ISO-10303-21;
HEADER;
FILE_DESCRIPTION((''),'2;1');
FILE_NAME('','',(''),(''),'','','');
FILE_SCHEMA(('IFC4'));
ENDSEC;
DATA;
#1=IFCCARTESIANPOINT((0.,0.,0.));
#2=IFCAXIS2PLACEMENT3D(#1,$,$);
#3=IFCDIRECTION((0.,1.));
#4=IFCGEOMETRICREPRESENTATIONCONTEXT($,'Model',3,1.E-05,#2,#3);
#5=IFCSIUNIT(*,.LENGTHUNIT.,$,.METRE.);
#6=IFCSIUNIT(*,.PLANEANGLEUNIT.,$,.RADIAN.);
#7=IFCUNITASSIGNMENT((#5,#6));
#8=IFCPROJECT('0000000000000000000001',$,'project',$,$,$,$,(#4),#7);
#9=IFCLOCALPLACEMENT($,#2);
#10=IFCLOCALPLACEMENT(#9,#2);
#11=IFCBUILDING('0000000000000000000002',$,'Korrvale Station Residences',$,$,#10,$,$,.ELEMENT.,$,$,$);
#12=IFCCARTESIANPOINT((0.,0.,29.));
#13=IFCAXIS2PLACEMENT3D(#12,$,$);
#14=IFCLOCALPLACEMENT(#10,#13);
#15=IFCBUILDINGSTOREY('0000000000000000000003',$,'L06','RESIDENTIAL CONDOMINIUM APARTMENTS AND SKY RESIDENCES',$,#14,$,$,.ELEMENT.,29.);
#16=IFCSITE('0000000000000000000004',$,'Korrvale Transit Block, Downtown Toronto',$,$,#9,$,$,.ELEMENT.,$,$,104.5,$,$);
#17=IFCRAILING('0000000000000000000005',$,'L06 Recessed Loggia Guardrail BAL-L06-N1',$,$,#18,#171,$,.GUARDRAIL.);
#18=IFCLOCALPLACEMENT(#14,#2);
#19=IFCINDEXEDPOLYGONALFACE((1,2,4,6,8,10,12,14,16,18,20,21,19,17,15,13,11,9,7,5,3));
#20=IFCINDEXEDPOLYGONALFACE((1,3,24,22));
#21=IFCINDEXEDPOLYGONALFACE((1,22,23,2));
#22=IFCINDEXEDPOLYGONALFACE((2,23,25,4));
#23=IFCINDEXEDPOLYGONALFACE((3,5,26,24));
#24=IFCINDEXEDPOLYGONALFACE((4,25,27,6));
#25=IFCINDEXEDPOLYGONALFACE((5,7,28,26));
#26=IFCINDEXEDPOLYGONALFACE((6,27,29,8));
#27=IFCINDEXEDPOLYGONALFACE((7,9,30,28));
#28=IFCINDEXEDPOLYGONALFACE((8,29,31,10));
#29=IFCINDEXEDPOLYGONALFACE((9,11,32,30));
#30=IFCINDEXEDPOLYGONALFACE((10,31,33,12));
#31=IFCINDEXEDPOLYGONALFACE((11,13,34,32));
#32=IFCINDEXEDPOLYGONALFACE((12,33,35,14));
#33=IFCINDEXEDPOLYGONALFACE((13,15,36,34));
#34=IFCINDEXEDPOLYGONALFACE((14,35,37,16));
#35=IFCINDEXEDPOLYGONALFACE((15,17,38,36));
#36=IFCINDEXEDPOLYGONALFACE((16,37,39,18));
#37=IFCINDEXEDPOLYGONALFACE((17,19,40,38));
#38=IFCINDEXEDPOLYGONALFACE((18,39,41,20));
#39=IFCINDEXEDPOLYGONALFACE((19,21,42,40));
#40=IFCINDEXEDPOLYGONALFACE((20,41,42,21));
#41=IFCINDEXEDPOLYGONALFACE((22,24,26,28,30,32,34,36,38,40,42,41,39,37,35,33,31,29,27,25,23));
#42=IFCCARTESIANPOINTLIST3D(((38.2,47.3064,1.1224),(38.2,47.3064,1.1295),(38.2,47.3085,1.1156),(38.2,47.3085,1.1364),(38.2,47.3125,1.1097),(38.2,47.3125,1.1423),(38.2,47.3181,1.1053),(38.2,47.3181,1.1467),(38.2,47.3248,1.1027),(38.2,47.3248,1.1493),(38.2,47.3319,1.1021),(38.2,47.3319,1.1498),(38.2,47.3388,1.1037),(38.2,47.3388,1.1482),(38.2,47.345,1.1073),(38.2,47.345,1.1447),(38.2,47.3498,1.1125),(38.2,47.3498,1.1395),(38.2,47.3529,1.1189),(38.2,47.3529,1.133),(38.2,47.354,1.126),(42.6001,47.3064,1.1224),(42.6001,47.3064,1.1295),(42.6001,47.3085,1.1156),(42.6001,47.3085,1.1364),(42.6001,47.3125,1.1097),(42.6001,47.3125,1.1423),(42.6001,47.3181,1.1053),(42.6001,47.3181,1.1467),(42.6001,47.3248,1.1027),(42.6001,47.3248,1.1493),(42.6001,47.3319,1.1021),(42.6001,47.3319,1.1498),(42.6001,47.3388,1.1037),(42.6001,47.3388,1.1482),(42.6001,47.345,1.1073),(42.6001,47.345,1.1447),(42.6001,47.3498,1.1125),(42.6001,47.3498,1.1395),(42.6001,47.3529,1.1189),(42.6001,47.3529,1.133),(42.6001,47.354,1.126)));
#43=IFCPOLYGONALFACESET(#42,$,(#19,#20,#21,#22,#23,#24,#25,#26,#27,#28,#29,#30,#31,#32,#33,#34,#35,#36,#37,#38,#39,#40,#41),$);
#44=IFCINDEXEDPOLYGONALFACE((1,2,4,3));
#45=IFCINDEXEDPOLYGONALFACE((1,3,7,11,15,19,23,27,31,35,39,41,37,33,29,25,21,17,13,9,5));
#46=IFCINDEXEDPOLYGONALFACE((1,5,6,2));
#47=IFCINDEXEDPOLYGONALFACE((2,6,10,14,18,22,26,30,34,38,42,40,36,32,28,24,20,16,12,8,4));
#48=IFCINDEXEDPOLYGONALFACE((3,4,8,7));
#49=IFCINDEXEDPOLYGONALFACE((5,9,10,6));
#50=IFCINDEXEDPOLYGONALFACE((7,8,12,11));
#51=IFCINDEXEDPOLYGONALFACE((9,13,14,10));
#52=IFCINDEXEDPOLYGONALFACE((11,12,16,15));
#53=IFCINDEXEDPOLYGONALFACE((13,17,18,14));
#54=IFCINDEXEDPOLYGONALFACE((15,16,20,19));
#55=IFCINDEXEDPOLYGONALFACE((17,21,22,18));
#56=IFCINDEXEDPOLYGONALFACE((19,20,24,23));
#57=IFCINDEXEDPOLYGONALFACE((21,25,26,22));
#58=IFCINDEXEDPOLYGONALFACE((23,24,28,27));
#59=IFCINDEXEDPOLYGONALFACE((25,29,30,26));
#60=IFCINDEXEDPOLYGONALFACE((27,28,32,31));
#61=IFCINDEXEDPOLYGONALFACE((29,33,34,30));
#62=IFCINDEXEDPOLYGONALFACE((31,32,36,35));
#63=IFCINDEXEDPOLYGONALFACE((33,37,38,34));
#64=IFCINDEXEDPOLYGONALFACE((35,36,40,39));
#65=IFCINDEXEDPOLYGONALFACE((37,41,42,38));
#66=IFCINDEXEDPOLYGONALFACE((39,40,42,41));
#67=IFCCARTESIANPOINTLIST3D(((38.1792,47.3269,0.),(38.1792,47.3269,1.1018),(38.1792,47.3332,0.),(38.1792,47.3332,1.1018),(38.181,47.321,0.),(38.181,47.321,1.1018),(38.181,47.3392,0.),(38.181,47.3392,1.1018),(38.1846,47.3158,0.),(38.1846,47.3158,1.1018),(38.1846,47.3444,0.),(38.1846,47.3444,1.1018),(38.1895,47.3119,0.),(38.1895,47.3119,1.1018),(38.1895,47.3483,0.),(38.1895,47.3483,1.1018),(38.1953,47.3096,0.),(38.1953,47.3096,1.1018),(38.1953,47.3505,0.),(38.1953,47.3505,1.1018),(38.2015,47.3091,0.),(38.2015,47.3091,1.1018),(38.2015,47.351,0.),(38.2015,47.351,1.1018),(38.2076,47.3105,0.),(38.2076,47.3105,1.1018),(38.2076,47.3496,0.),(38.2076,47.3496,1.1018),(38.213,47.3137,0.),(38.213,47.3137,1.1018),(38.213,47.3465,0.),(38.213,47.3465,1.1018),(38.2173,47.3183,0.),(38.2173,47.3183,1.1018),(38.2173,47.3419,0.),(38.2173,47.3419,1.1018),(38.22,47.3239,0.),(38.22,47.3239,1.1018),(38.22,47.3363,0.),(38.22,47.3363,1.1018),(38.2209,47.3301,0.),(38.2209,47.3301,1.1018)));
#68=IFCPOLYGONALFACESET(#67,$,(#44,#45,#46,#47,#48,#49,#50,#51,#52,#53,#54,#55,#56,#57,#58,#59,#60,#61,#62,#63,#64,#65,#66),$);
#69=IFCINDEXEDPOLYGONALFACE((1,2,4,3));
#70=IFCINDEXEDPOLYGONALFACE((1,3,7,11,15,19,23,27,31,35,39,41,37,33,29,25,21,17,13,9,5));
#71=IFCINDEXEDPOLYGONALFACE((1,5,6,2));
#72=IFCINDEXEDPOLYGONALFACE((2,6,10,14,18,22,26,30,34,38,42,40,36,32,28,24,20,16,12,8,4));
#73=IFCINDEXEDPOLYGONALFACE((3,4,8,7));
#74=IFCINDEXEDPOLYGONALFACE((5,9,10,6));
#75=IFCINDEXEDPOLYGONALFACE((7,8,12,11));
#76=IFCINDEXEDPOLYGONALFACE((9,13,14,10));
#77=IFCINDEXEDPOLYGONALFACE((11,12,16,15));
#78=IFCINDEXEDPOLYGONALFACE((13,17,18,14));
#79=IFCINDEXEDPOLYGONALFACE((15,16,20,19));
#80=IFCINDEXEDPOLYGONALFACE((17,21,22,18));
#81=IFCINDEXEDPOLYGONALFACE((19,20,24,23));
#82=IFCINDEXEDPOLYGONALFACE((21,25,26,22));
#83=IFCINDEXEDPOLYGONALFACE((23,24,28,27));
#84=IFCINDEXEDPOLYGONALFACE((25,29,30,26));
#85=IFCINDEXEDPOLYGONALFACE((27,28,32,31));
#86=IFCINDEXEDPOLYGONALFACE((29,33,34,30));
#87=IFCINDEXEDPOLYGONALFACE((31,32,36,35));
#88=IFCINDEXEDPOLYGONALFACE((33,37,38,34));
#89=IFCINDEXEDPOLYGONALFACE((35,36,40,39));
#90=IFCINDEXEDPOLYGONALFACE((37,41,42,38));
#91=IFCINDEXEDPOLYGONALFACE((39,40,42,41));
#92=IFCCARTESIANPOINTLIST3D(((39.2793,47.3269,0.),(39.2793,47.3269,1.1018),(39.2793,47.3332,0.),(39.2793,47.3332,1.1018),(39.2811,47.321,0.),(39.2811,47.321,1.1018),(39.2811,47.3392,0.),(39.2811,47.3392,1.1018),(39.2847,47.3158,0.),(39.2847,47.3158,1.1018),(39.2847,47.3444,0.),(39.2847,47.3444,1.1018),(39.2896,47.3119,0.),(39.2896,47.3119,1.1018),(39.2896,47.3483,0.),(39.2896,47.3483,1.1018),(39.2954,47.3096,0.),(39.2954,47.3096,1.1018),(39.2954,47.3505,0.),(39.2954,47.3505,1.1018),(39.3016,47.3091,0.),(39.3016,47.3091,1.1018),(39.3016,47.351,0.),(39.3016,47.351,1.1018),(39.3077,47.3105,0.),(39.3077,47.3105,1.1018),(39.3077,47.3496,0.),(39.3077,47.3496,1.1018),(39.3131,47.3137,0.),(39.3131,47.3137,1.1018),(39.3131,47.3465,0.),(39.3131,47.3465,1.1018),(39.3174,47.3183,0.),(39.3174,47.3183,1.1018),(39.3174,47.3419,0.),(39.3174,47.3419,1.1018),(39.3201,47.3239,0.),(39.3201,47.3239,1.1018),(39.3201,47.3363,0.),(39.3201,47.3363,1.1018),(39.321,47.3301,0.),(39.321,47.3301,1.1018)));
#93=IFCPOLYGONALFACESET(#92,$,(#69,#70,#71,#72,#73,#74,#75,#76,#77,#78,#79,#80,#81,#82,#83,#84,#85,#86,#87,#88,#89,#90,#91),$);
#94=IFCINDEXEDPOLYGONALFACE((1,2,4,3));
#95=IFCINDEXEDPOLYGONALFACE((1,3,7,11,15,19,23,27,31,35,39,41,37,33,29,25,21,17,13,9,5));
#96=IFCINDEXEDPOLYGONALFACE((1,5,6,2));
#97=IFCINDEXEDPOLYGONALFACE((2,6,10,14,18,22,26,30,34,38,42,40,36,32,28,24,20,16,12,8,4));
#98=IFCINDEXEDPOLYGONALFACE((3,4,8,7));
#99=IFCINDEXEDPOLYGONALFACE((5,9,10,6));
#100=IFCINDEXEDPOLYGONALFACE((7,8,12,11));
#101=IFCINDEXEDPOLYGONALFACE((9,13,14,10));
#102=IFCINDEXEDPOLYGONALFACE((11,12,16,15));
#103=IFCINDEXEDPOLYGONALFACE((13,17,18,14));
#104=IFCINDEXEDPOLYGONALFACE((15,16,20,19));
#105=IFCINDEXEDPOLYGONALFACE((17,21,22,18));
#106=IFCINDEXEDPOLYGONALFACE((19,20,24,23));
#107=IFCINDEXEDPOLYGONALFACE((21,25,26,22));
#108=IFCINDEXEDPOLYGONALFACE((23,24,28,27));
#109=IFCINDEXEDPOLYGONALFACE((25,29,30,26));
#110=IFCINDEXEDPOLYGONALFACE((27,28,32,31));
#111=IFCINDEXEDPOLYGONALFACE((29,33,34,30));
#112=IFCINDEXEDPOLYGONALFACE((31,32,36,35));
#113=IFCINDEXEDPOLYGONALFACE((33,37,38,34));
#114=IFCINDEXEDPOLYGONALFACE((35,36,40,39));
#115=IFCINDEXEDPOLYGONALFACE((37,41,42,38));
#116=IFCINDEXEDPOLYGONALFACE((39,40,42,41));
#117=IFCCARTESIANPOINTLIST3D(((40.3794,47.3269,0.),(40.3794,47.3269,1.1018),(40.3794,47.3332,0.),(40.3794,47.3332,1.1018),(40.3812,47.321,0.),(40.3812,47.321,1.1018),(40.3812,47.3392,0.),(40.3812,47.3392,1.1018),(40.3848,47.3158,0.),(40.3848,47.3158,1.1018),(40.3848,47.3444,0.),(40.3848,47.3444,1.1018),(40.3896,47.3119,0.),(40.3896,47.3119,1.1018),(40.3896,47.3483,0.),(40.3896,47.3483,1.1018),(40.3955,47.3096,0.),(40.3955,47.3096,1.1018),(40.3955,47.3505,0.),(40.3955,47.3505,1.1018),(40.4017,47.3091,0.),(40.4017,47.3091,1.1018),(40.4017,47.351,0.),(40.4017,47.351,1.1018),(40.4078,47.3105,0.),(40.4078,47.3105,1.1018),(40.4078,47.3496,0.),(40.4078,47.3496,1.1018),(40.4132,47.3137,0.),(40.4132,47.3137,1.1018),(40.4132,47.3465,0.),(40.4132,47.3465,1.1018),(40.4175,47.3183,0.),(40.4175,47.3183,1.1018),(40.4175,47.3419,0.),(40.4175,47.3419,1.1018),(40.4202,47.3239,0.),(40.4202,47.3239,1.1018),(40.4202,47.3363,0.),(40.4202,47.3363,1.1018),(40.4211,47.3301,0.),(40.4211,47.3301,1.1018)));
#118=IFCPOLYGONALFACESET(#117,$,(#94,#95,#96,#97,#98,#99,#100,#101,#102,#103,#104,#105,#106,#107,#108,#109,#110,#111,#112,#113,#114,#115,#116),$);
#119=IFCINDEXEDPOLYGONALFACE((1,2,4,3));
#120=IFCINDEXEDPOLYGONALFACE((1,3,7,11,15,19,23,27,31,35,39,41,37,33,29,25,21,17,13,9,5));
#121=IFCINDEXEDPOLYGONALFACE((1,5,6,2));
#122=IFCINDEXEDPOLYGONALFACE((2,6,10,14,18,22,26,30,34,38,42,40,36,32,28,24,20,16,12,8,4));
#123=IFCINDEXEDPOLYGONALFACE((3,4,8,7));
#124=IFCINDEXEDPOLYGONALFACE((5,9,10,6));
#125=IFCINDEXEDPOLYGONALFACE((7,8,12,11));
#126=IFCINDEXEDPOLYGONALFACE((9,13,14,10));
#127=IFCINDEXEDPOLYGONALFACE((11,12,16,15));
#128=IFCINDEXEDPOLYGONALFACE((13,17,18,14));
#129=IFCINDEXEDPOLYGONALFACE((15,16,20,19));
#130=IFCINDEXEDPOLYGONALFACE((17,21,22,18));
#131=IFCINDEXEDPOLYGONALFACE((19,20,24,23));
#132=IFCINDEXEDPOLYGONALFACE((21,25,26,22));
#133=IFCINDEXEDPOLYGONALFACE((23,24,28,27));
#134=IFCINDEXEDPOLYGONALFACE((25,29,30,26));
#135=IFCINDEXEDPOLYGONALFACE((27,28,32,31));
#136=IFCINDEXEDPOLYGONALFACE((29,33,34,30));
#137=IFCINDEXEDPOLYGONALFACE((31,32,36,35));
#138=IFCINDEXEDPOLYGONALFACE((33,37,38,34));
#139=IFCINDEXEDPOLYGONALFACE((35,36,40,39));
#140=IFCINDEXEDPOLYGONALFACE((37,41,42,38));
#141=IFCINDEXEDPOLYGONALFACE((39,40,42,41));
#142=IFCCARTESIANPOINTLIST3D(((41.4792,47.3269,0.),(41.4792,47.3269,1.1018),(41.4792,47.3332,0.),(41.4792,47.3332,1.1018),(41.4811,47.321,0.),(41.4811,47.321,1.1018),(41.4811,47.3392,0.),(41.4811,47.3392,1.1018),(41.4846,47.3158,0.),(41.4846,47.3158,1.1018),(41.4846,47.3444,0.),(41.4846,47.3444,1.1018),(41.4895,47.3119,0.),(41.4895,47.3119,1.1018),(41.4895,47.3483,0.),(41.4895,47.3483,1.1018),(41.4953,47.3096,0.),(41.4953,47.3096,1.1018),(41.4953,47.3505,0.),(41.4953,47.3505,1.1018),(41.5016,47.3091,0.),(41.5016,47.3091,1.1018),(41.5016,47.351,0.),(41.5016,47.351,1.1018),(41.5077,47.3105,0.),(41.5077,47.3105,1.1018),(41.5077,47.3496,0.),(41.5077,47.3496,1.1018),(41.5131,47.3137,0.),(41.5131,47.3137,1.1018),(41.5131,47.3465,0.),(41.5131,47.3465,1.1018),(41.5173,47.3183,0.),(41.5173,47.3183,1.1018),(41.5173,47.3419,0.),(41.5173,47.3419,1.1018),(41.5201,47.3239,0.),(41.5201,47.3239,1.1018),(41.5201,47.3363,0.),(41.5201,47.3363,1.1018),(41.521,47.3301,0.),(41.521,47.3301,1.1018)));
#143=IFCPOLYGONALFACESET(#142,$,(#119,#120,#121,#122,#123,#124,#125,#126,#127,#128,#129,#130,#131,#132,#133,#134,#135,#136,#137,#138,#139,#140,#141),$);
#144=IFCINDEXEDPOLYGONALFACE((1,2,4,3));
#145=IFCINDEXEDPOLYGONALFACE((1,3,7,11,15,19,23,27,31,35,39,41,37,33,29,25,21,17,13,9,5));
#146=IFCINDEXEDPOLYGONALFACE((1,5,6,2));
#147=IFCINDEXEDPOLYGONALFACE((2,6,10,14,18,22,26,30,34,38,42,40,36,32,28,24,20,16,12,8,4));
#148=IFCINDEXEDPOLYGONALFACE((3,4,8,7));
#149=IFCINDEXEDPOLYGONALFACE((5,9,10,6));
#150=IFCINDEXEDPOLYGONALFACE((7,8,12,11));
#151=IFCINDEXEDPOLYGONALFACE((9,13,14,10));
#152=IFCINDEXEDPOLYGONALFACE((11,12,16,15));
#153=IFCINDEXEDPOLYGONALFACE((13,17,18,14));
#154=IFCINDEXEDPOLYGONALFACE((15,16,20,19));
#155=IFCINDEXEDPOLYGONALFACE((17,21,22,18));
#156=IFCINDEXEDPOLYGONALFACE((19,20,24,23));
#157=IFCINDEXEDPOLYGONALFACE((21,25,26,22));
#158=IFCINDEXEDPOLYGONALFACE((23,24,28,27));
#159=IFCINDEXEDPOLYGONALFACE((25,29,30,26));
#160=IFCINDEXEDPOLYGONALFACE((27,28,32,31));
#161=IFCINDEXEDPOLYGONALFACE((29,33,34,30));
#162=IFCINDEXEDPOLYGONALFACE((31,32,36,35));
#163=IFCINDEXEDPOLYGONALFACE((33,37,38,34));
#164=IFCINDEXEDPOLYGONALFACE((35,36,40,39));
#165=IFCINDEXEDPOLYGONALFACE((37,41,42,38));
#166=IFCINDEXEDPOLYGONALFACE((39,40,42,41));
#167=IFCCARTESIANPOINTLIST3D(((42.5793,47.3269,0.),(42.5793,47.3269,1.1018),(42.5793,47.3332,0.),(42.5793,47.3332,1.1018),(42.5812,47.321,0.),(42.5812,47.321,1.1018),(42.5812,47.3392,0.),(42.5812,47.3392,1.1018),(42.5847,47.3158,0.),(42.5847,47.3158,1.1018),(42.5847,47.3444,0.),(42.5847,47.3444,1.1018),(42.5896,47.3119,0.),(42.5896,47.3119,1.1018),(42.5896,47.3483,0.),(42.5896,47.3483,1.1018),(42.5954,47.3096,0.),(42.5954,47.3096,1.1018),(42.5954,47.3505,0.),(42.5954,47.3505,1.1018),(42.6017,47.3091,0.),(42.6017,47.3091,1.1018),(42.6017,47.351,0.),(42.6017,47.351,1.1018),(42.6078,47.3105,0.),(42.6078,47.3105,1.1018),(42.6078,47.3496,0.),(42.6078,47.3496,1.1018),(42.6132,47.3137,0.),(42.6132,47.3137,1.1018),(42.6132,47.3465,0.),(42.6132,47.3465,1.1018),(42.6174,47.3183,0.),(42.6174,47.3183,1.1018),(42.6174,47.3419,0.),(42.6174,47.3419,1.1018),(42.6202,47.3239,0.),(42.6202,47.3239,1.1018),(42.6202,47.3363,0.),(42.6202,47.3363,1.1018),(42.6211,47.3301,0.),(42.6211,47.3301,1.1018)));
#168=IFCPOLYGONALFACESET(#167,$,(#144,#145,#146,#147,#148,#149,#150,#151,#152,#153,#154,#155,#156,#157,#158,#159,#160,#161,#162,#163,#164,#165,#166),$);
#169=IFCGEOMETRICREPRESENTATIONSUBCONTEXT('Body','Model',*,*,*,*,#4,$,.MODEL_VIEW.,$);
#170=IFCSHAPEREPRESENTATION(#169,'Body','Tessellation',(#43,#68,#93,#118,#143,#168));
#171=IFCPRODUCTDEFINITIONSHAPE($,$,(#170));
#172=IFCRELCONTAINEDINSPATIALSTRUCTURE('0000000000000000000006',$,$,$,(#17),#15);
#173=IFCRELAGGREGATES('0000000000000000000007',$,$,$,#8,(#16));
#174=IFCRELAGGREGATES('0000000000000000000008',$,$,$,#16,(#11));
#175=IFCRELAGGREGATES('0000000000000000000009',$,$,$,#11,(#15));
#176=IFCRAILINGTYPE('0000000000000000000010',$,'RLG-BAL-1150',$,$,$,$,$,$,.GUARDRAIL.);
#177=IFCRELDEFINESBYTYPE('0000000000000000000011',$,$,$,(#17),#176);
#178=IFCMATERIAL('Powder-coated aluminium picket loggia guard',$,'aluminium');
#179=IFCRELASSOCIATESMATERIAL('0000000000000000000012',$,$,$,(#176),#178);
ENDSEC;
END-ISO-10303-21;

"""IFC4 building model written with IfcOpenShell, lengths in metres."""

from ifc_helpers import new_model, si_unit, direction, frame, origin, origin_2d, place, context, subcontext, project, spatial, circle, extrude, material, type_object, element, save


model = new_model("IFC4")

# Units and contexts
model_context = context("Model", 3, precision=1e-05, world=origin(), true_north=direction((0.0, 1.0)))
body_context = subcontext(model_context, "Body", "Model", "MODEL_VIEW")
ifc_project = project(units=[si_unit("LENGTHUNIT", "METRE"), si_unit("PLANEANGLEUNIT", "RADIAN")], contexts=[model_context])

# Site, building, storey
site_placement = place(None, origin())
site = spatial("IfcSite", under=ifc_project, at=site_placement, Name="Korrvale Transit Block, Downtown Toronto", CompositionType="ELEMENT", RefElevation=104.5)
building_placement = place(site_placement, origin())
building = spatial("IfcBuilding", under=site, at=building_placement, Name="Korrvale Station Residences", CompositionType="ELEMENT")
storey_placement = place(building_placement, frame((0.0, 0.0, 29.0)))
storey = spatial("IfcBuildingStorey", under=building, at=storey_placement, Name="L06", Description="RESIDENTIAL CONDOMINIUM APARTMENTS AND SKY RESIDENCES", CompositionType="ELEMENT", Elevation=29.0)

# Railing
ifc_material_1 = material(Name="Powder-coated aluminium picket loggia guard", Category="aluminium")
railing_type = type_object("IfcRailingType", Name="RLG-BAL-1150", PredefinedType="GUARDRAIL", material=ifc_material_1)
railing_placement = place(storey_placement, frame((38.2, 47.3301, 0.0)))
element("IfcRailing", 1, at=railing_placement, inside=storey, type_object=railing_type, Name="L06 Recessed Loggia Guardrail BAL-L06-N1", PredefinedType="GUARDRAIL", context=body_context, shape_type="SweptSolid", body=[
    extrude(circle(Radius=0.0239, at=origin_2d()), frame((0.0, 0.0, 1.126), z_axis=(1.0, 0.0, 0.0), x_axis=(0.0, 1.0, 0.0)), (0.0, 0.0, 1.0), 4.4001),
    extrude(circle(Radius=0.021, at=origin_2d()), origin(), (0.0, 0.0, 1.0), 1.1018),
    extrude(circle(Radius=0.021, at=origin_2d()), frame((1.1001, 0.0, 0.0)), (0.0, 0.0, 1.0), 1.1018),
    extrude(circle(Radius=0.021, at=origin_2d()), frame((2.2002, 0.0, 0.0)), (0.0, 0.0, 1.0), 1.1018),
    extrude(circle(Radius=0.021, at=origin_2d()), frame((3.3, 0.0, 0.0)), (0.0, 0.0, 1.0), 1.1018),
    extrude(circle(Radius=0.021, at=origin_2d()), frame((4.4001, 0.0, 0.0)), (0.0, 0.0, 1.0), 1.1018),
])

save(model, "model.ifc")
